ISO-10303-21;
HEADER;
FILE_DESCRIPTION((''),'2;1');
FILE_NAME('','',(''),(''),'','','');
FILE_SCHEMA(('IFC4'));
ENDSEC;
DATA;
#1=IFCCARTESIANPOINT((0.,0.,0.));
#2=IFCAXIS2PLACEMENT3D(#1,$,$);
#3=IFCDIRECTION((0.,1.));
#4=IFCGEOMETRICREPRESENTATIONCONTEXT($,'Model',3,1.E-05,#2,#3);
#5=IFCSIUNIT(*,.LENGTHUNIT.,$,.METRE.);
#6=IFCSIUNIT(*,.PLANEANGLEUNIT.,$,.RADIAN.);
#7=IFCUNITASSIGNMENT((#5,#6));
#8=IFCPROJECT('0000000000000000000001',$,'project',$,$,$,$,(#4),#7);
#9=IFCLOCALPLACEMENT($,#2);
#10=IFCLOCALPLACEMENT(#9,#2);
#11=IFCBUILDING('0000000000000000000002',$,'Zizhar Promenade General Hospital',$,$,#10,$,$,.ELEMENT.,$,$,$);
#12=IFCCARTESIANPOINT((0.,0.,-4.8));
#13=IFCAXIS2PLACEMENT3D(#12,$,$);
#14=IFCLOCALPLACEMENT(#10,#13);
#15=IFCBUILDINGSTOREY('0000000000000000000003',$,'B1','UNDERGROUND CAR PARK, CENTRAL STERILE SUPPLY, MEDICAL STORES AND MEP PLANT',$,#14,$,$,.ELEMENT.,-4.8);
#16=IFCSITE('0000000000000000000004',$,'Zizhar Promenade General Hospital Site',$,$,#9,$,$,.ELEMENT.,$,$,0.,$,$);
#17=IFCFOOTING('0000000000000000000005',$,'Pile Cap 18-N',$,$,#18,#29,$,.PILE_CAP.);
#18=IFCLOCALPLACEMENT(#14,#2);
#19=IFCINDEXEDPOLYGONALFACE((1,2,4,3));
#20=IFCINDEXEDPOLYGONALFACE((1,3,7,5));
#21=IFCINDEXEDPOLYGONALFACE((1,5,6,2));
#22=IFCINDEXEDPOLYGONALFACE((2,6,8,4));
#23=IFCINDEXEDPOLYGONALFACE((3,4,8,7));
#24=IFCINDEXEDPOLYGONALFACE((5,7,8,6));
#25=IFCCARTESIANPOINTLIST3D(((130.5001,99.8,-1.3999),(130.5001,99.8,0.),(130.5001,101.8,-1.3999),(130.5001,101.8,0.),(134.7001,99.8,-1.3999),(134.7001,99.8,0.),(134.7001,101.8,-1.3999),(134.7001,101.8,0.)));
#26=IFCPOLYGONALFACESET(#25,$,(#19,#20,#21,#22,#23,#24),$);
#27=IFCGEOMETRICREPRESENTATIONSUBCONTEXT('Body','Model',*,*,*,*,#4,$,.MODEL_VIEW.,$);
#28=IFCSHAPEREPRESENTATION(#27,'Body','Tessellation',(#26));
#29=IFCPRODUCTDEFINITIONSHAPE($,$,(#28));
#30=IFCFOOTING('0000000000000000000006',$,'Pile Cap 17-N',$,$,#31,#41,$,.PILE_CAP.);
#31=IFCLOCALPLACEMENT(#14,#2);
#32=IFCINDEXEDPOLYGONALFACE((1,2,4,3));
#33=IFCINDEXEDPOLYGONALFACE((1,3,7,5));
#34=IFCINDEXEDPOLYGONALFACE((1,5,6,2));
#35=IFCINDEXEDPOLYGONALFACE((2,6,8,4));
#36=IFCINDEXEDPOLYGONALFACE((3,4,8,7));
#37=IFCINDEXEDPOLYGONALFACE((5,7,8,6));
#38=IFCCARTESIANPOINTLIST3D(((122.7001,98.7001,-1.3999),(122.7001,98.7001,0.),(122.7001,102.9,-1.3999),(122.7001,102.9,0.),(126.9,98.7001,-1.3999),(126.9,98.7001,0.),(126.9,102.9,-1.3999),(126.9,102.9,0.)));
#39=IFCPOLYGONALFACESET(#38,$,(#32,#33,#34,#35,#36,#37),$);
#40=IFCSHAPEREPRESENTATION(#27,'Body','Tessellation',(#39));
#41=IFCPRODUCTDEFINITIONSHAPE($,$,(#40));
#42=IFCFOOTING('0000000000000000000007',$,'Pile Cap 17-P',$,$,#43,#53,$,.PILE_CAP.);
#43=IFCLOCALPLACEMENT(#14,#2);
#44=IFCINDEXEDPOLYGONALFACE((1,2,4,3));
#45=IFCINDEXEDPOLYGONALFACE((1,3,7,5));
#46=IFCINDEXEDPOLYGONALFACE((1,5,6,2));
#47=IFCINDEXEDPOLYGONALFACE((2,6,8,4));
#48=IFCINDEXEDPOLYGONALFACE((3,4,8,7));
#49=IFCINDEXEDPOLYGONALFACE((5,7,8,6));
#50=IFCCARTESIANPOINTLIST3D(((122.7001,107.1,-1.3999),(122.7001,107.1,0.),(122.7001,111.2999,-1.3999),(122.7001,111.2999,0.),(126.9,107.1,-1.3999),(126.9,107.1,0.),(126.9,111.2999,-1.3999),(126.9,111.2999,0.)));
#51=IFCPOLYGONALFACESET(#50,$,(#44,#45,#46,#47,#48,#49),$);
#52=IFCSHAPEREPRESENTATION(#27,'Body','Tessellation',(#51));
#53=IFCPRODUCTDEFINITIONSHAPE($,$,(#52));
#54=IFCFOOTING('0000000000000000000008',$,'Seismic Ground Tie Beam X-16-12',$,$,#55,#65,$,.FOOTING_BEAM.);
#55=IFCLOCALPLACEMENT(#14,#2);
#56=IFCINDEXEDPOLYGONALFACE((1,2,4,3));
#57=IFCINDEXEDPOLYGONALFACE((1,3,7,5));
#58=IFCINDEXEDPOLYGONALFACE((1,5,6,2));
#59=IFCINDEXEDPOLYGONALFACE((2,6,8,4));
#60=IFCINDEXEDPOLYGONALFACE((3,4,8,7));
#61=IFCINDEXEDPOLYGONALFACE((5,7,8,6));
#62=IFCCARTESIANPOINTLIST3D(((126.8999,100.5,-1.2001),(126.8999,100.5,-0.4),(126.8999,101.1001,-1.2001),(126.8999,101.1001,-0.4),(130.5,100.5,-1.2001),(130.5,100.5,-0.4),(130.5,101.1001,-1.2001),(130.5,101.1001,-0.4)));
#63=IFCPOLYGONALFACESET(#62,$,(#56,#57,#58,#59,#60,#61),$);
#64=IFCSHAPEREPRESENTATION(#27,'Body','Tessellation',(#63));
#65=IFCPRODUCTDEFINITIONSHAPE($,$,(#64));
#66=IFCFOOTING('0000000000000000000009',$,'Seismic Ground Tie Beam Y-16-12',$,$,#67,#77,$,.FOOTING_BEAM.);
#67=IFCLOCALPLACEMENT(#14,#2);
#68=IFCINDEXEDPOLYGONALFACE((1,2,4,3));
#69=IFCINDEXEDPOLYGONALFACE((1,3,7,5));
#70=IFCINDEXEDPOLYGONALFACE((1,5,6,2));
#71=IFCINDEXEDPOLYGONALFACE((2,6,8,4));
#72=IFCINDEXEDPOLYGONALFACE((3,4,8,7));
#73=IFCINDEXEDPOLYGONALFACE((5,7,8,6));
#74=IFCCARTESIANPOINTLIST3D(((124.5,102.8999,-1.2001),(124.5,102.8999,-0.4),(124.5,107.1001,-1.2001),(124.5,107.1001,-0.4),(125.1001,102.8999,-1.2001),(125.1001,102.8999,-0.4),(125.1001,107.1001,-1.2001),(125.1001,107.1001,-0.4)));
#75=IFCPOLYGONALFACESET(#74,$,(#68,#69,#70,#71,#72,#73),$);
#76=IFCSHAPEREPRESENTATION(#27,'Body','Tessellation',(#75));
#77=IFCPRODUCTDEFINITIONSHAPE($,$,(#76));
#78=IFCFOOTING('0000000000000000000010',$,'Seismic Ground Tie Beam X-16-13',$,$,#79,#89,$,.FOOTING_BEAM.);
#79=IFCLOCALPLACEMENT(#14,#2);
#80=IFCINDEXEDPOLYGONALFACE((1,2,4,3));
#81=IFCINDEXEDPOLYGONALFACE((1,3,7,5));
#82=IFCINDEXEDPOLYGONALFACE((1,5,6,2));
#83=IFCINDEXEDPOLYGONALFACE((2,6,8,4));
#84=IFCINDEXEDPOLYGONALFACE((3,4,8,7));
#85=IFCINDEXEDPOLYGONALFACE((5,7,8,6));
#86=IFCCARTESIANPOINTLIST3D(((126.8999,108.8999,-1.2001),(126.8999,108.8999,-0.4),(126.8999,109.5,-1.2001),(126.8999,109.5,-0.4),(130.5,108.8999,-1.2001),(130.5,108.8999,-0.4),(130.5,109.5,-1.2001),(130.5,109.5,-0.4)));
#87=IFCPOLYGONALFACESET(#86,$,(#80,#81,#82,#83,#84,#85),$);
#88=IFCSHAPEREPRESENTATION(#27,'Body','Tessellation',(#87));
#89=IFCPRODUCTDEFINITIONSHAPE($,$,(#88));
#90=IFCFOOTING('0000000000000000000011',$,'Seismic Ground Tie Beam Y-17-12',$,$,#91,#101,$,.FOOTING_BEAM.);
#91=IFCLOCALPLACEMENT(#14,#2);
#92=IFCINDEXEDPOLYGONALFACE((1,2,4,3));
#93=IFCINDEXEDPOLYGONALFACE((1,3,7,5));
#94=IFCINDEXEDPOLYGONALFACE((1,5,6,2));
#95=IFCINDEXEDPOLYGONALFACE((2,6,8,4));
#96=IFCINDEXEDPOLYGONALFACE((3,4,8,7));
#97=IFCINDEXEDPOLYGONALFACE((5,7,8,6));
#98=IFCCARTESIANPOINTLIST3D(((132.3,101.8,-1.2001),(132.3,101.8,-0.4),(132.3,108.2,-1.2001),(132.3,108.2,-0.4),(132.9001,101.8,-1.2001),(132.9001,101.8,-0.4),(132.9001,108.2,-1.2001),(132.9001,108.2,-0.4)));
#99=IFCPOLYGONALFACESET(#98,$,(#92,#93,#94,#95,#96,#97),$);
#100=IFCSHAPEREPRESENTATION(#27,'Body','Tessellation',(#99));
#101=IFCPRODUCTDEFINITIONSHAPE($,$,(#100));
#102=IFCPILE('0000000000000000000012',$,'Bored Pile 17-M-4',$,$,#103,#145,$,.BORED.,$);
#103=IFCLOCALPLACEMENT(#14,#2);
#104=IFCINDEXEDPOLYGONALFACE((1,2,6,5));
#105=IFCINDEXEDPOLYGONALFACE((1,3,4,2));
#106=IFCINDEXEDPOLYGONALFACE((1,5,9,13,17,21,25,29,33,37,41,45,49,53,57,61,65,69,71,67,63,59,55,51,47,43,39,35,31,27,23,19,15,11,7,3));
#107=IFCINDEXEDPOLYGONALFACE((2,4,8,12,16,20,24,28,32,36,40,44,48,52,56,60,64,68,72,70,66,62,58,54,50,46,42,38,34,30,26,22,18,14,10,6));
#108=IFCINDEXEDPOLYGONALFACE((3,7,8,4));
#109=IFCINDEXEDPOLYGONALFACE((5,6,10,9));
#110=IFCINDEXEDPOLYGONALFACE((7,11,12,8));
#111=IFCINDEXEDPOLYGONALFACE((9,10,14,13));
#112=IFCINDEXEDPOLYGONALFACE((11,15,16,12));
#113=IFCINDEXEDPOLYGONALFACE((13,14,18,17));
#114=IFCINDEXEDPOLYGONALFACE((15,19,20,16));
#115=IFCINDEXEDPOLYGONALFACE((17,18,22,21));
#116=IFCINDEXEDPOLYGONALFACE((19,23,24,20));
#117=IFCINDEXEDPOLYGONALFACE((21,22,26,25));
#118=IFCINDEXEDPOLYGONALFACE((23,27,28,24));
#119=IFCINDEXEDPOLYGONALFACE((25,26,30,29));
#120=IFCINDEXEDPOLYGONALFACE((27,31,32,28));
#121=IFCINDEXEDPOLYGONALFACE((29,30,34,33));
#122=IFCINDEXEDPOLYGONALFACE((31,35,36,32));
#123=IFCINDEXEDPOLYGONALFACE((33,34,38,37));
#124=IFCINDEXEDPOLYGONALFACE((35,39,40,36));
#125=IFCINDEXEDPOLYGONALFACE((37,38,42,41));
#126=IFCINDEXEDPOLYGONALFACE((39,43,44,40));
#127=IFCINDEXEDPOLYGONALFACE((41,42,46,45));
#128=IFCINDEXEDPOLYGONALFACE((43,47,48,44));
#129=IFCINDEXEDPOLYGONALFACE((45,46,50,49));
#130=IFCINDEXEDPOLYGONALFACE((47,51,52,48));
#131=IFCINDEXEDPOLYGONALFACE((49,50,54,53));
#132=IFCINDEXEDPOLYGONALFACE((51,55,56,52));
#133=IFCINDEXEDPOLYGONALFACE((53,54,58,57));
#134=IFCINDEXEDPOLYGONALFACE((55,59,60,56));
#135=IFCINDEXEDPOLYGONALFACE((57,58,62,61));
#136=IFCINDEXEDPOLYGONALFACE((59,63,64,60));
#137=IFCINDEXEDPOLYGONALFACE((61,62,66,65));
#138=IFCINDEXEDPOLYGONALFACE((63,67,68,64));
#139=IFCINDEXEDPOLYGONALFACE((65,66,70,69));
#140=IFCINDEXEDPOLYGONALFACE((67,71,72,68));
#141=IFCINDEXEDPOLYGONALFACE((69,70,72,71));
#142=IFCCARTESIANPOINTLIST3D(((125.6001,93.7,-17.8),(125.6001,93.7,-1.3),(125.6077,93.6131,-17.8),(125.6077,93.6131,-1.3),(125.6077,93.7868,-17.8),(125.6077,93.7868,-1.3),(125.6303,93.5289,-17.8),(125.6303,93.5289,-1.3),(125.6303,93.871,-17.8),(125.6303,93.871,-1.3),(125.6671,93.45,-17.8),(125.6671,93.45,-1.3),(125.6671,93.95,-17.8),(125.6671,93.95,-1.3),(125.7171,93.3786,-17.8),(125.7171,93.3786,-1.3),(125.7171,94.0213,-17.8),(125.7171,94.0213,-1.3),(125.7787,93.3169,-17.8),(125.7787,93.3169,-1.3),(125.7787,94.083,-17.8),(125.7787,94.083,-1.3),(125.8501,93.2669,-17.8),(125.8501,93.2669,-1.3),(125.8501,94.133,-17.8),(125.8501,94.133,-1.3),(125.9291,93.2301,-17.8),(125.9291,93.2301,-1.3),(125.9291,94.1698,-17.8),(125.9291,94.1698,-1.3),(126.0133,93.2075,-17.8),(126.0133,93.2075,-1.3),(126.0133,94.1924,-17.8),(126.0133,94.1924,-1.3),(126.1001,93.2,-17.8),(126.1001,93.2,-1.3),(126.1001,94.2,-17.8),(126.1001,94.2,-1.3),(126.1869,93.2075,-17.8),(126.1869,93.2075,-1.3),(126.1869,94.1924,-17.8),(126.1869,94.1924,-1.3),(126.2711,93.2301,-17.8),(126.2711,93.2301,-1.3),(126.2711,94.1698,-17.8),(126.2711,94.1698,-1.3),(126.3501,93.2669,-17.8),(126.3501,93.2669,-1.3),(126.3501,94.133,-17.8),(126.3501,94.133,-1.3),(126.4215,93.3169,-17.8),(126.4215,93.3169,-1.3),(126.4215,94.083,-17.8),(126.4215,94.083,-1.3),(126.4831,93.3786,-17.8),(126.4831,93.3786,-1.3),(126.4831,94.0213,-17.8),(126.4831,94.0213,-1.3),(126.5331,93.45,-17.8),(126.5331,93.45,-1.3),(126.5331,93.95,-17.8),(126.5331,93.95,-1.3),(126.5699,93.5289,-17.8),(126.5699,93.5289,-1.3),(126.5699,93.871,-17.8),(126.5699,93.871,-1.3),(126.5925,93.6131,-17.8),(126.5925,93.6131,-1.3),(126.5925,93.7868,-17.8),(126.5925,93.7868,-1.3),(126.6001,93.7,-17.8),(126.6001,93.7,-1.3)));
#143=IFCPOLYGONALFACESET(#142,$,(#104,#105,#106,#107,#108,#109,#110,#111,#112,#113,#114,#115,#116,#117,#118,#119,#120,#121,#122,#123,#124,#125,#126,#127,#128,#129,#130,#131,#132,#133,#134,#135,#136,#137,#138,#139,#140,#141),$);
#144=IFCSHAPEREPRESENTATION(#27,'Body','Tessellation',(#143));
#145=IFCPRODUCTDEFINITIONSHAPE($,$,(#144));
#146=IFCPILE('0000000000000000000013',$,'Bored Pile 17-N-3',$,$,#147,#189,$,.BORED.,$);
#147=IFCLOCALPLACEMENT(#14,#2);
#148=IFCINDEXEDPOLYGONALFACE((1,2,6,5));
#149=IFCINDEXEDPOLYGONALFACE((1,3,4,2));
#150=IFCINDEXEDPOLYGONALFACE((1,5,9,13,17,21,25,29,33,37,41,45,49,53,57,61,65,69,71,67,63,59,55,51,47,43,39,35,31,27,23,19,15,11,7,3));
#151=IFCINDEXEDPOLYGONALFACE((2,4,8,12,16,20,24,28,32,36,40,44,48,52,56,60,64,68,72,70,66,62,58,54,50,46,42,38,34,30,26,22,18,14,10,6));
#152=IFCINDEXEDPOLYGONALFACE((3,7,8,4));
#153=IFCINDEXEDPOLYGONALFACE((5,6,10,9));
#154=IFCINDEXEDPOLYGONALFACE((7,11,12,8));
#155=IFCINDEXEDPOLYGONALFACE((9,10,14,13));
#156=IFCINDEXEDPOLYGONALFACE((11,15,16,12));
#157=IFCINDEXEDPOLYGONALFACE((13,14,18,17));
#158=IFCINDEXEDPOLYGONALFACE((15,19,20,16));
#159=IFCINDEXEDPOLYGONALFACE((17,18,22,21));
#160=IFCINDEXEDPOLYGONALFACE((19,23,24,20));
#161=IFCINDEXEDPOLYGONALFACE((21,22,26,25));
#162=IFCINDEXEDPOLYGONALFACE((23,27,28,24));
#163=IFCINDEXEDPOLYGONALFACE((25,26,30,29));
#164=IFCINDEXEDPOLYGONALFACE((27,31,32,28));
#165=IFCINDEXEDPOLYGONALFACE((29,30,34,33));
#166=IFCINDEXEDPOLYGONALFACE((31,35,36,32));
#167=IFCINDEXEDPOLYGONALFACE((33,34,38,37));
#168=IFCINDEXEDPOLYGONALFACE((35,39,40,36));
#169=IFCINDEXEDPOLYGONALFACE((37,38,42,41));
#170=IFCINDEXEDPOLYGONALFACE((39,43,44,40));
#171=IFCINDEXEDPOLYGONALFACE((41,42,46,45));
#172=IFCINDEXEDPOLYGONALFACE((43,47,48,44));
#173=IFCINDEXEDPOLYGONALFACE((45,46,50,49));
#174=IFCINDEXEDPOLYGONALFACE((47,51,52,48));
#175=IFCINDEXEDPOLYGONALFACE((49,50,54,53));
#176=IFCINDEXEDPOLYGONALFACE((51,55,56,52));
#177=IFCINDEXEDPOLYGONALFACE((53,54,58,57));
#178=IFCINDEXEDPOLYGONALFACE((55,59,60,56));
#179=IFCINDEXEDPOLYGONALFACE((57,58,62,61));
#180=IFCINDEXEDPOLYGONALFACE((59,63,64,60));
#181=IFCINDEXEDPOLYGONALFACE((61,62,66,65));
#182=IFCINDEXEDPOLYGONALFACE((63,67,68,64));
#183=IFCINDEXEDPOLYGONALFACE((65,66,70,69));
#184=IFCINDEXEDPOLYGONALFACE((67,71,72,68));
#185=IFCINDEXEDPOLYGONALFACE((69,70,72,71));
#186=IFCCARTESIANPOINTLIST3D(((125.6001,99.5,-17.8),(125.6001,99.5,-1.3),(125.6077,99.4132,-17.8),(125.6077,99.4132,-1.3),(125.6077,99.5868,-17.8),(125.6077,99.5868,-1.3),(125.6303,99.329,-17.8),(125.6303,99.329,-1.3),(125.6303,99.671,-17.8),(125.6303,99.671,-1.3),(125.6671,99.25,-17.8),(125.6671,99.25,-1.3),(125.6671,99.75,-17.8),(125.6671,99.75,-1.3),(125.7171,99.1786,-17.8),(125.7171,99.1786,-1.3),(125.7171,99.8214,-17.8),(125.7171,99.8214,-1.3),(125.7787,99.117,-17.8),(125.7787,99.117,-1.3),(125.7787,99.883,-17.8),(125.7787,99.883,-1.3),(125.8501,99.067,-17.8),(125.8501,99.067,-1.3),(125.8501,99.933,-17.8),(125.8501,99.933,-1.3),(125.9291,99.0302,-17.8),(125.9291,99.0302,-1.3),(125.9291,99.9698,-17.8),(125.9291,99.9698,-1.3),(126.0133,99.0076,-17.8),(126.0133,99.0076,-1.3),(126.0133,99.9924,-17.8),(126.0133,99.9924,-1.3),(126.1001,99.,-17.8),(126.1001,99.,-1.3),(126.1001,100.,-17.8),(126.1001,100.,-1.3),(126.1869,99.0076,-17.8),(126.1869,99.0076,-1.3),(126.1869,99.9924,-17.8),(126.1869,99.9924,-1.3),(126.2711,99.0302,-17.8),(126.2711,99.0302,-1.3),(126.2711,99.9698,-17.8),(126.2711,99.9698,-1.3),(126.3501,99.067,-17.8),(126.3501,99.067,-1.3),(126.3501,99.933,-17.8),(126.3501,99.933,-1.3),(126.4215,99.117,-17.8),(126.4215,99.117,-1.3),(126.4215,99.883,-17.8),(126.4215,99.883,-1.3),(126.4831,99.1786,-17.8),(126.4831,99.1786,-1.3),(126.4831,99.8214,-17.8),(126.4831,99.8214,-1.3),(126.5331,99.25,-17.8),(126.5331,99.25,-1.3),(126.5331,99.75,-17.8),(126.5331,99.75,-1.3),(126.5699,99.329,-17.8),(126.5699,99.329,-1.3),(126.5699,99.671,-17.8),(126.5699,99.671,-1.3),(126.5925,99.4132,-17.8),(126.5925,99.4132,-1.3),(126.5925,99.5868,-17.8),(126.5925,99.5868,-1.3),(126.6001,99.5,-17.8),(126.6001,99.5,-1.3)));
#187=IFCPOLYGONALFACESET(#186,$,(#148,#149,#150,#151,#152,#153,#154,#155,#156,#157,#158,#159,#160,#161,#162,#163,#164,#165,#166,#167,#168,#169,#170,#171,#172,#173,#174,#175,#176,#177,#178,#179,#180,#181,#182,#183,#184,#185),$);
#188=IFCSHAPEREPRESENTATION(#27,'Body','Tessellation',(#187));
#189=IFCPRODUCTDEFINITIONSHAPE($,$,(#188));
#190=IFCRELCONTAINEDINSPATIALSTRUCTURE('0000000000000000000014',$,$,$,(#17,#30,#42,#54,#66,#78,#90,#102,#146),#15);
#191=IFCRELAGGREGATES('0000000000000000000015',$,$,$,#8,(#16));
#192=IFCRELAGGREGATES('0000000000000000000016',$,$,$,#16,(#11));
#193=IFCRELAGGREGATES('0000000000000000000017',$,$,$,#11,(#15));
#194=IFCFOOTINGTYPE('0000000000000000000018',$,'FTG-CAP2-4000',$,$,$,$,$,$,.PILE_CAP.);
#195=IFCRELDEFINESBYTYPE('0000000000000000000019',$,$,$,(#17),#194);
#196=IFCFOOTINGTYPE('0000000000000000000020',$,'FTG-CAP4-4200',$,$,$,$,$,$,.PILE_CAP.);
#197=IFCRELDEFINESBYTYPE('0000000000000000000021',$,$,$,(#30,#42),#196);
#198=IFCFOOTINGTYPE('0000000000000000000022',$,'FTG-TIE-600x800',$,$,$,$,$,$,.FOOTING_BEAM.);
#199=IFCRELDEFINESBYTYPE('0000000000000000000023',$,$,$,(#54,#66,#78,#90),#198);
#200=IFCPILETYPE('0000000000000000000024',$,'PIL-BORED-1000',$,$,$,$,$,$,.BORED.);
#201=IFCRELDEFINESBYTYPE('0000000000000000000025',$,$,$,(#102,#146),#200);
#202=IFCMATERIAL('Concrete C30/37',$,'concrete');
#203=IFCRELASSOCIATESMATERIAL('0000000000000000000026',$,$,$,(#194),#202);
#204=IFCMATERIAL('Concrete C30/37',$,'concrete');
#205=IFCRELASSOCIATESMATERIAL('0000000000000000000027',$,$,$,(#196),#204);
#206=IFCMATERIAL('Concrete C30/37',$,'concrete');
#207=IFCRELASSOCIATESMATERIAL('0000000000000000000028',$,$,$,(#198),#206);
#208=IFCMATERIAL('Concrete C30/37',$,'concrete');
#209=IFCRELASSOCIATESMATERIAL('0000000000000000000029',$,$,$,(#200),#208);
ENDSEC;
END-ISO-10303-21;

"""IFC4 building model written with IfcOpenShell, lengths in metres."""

from ifc_helpers import new_model, si_unit, direction, frame, origin, origin_2d, place, context, subcontext, project, spatial, rectangle, circle, extrude, material, material_profile, profile_set, type_object, element, save


model = new_model("IFC4")

# Units and contexts
model_context = context("Model", 3, precision=1e-05, world=origin(), true_north=direction((0.0, 1.0)))
body_context = subcontext(model_context, "Body", "Model", "MODEL_VIEW")
ifc_project = project(units=[si_unit("LENGTHUNIT", "METRE"), si_unit("PLANEANGLEUNIT", "RADIAN")], contexts=[model_context])

# Site, building, storey
site_placement = place(None, origin())
site = spatial("IfcSite", under=ifc_project, at=site_placement, Name="Zizhar Promenade General Hospital Site", CompositionType="ELEMENT", RefElevation=0.0)
building_placement = place(site_placement, origin())
building = spatial("IfcBuilding", under=site, at=building_placement, Name="Zizhar Promenade General Hospital", CompositionType="ELEMENT")
storey_placement = place(building_placement, frame((0.0, 0.0, -4.8)))
storey = spatial("IfcBuildingStorey", under=building, at=storey_placement, Name="B1", Description="UNDERGROUND CAR PARK, CENTRAL STERILE SUPPLY, MEDICAL STORES AND MEP PLANT", CompositionType="ELEMENT", Elevation=-4.8)

# Footings
ifc_material_1 = material(Name="Concrete C30/37", Category="concrete")
footing_type_1 = type_object("IfcFootingType", Name="FTG-CAP2-4000", PredefinedType="PILE_CAP", material=ifc_material_1)
footing_1_placement = place(storey_placement, frame((132.6001, 100.8, -1.3999), z_axis=(0.0, 0.0, 1.0), x_axis=(1.0, 0.0, 0.0)))
element("IfcFooting", 1, at=footing_1_placement, inside=storey, type_object=footing_type_1, Name="Pile Cap 18-N", PredefinedType="PILE_CAP", context=body_context, shape_type="SweptSolid", body=[
    extrude(rectangle(XDim=4.2, YDim=2.0, at=origin_2d()), origin(), (0.0, 0.0, 1.0), 1.3999),
])
ifc_material_2 = material(Name="Concrete C30/37", Category="concrete")
footing_type_2 = type_object("IfcFootingType", Name="FTG-CAP4-4200", PredefinedType="PILE_CAP", material=ifc_material_2)
for number, where, z_axis, x_axis, name in (
    (2, (124.8, 100.8, -1.3999), (0.0, 0.0, 1.0), (1.0, 0.0, 0.0), "Pile Cap 17-N"),
    (3, (124.8, 109.2, -1.3999), (0.0, 0.0, 1.0), (1.0, 0.0, 0.0), "Pile Cap 17-P"),
):
    element("IfcFooting", number, at=place(storey_placement, frame(where, z_axis=z_axis, x_axis=x_axis)), inside=storey, type_object=footing_type_2, Name=name, PredefinedType="PILE_CAP", context=body_context, shape_type="SweptSolid", body=[
        extrude(rectangle(XDim=4.2, YDim=4.2, at=origin_2d()), origin(), (0.0, 0.0, 1.0), 1.3999),
    ])
ifc_material_3 = material(Name="Concrete C30/37", Category="concrete")
ifc_material_profile_1 = material_profile(ifc_material_3, rectangle(XDim=0.6001, YDim=0.8, at=origin_2d()))
ifc_profile_set_1 = profile_set([ifc_material_profile_1], Name="Concrete C30/37")
footing_type_3 = type_object("IfcFootingType", Name="FTG-TIE-600x800", PredefinedType="FOOTING_BEAM", material=ifc_profile_set_1)
footing_2_placement = place(storey_placement, frame((126.8999, 100.8, -0.8), z_axis=(1.0, 0.0, 0.0), x_axis=(0.0, 1.0, 0.0)))
element("IfcFooting", 4, at=footing_2_placement, inside=storey, type_object=footing_type_3, Name="Seismic Ground Tie Beam X-16-12", PredefinedType="FOOTING_BEAM", context=body_context, shape_type="SweptSolid", body=[
    extrude(rectangle(XDim=0.6001, YDim=0.8, at=origin_2d()), origin(), (0.0, 0.0, 1.0), 3.6001),
])
footing_3_placement = place(storey_placement, frame((124.8, 102.8999, -0.8), z_axis=(0.0, 1.0, 0.0), x_axis=(-1.0, 0.0, 0.0)))
element("IfcFooting", 5, at=footing_3_placement, inside=storey, type_object=footing_type_3, Name="Seismic Ground Tie Beam Y-16-12", PredefinedType="FOOTING_BEAM", context=body_context, shape_type="SweptSolid", body=[
    extrude(rectangle(XDim=0.6001, YDim=0.8, at=origin_2d()), origin(), (0.0, 0.0, 1.0), 4.2002),
])
footing_4_placement = place(storey_placement, frame((126.8999, 109.2, -0.8), z_axis=(1.0, 0.0, 0.0), x_axis=(0.0, 1.0, 0.0)))
element("IfcFooting", 6, at=footing_4_placement, inside=storey, type_object=footing_type_3, Name="Seismic Ground Tie Beam X-16-13", PredefinedType="FOOTING_BEAM", context=body_context, shape_type="SweptSolid", body=[
    extrude(rectangle(XDim=0.6001, YDim=0.8, at=origin_2d()), origin(), (0.0, 0.0, 1.0), 3.6001),
])
footing_5_placement = place(storey_placement, frame((132.6001, 101.8, -0.8), z_axis=(0.0, 1.0, 0.0), x_axis=(-1.0, 0.0, 0.0)))
element("IfcFooting", 7, at=footing_5_placement, inside=storey, type_object=footing_type_3, Name="Seismic Ground Tie Beam Y-17-12", PredefinedType="FOOTING_BEAM", context=body_context, shape_type="SweptSolid", body=[
    extrude(rectangle(XDim=0.6001, YDim=0.8, at=origin_2d()), origin(), (0.0, 0.0, 1.0), 6.3999),
])

# Piles
ifc_material_4 = material(Name="Concrete C30/37", Category="concrete")
ifc_material_profile_2 = material_profile(ifc_material_4, circle(Radius=0.5, at=origin_2d()))
ifc_profile_set_2 = profile_set([ifc_material_profile_2], Name="Concrete C30/37")
pile_type = type_object("IfcPileType", Name="PIL-BORED-1000", PredefinedType="BORED", material=ifc_profile_set_2)
for number, where, z_axis, x_axis, name in (
    (8, (126.1001, 93.7, -1.3), (0.0, 0.0, -1.0), (1.0, 0.0, 0.0), "Bored Pile 17-M-4"),
    (9, (126.1001, 99.5, -1.3), (0.0, 0.0, -1.0), (1.0, 0.0, 0.0), "Bored Pile 17-N-3"),
):
    element("IfcPile", number, at=place(storey_placement, frame(where, z_axis=z_axis, x_axis=x_axis)), inside=storey, type_object=pile_type, Name=name, PredefinedType="BORED", context=body_context, shape_type="SweptSolid", body=[
        extrude(circle(Radius=0.5, at=origin_2d()), origin(), (0.0, 0.0, 1.0), 16.5),
    ])

save(model, "model.ifc")
